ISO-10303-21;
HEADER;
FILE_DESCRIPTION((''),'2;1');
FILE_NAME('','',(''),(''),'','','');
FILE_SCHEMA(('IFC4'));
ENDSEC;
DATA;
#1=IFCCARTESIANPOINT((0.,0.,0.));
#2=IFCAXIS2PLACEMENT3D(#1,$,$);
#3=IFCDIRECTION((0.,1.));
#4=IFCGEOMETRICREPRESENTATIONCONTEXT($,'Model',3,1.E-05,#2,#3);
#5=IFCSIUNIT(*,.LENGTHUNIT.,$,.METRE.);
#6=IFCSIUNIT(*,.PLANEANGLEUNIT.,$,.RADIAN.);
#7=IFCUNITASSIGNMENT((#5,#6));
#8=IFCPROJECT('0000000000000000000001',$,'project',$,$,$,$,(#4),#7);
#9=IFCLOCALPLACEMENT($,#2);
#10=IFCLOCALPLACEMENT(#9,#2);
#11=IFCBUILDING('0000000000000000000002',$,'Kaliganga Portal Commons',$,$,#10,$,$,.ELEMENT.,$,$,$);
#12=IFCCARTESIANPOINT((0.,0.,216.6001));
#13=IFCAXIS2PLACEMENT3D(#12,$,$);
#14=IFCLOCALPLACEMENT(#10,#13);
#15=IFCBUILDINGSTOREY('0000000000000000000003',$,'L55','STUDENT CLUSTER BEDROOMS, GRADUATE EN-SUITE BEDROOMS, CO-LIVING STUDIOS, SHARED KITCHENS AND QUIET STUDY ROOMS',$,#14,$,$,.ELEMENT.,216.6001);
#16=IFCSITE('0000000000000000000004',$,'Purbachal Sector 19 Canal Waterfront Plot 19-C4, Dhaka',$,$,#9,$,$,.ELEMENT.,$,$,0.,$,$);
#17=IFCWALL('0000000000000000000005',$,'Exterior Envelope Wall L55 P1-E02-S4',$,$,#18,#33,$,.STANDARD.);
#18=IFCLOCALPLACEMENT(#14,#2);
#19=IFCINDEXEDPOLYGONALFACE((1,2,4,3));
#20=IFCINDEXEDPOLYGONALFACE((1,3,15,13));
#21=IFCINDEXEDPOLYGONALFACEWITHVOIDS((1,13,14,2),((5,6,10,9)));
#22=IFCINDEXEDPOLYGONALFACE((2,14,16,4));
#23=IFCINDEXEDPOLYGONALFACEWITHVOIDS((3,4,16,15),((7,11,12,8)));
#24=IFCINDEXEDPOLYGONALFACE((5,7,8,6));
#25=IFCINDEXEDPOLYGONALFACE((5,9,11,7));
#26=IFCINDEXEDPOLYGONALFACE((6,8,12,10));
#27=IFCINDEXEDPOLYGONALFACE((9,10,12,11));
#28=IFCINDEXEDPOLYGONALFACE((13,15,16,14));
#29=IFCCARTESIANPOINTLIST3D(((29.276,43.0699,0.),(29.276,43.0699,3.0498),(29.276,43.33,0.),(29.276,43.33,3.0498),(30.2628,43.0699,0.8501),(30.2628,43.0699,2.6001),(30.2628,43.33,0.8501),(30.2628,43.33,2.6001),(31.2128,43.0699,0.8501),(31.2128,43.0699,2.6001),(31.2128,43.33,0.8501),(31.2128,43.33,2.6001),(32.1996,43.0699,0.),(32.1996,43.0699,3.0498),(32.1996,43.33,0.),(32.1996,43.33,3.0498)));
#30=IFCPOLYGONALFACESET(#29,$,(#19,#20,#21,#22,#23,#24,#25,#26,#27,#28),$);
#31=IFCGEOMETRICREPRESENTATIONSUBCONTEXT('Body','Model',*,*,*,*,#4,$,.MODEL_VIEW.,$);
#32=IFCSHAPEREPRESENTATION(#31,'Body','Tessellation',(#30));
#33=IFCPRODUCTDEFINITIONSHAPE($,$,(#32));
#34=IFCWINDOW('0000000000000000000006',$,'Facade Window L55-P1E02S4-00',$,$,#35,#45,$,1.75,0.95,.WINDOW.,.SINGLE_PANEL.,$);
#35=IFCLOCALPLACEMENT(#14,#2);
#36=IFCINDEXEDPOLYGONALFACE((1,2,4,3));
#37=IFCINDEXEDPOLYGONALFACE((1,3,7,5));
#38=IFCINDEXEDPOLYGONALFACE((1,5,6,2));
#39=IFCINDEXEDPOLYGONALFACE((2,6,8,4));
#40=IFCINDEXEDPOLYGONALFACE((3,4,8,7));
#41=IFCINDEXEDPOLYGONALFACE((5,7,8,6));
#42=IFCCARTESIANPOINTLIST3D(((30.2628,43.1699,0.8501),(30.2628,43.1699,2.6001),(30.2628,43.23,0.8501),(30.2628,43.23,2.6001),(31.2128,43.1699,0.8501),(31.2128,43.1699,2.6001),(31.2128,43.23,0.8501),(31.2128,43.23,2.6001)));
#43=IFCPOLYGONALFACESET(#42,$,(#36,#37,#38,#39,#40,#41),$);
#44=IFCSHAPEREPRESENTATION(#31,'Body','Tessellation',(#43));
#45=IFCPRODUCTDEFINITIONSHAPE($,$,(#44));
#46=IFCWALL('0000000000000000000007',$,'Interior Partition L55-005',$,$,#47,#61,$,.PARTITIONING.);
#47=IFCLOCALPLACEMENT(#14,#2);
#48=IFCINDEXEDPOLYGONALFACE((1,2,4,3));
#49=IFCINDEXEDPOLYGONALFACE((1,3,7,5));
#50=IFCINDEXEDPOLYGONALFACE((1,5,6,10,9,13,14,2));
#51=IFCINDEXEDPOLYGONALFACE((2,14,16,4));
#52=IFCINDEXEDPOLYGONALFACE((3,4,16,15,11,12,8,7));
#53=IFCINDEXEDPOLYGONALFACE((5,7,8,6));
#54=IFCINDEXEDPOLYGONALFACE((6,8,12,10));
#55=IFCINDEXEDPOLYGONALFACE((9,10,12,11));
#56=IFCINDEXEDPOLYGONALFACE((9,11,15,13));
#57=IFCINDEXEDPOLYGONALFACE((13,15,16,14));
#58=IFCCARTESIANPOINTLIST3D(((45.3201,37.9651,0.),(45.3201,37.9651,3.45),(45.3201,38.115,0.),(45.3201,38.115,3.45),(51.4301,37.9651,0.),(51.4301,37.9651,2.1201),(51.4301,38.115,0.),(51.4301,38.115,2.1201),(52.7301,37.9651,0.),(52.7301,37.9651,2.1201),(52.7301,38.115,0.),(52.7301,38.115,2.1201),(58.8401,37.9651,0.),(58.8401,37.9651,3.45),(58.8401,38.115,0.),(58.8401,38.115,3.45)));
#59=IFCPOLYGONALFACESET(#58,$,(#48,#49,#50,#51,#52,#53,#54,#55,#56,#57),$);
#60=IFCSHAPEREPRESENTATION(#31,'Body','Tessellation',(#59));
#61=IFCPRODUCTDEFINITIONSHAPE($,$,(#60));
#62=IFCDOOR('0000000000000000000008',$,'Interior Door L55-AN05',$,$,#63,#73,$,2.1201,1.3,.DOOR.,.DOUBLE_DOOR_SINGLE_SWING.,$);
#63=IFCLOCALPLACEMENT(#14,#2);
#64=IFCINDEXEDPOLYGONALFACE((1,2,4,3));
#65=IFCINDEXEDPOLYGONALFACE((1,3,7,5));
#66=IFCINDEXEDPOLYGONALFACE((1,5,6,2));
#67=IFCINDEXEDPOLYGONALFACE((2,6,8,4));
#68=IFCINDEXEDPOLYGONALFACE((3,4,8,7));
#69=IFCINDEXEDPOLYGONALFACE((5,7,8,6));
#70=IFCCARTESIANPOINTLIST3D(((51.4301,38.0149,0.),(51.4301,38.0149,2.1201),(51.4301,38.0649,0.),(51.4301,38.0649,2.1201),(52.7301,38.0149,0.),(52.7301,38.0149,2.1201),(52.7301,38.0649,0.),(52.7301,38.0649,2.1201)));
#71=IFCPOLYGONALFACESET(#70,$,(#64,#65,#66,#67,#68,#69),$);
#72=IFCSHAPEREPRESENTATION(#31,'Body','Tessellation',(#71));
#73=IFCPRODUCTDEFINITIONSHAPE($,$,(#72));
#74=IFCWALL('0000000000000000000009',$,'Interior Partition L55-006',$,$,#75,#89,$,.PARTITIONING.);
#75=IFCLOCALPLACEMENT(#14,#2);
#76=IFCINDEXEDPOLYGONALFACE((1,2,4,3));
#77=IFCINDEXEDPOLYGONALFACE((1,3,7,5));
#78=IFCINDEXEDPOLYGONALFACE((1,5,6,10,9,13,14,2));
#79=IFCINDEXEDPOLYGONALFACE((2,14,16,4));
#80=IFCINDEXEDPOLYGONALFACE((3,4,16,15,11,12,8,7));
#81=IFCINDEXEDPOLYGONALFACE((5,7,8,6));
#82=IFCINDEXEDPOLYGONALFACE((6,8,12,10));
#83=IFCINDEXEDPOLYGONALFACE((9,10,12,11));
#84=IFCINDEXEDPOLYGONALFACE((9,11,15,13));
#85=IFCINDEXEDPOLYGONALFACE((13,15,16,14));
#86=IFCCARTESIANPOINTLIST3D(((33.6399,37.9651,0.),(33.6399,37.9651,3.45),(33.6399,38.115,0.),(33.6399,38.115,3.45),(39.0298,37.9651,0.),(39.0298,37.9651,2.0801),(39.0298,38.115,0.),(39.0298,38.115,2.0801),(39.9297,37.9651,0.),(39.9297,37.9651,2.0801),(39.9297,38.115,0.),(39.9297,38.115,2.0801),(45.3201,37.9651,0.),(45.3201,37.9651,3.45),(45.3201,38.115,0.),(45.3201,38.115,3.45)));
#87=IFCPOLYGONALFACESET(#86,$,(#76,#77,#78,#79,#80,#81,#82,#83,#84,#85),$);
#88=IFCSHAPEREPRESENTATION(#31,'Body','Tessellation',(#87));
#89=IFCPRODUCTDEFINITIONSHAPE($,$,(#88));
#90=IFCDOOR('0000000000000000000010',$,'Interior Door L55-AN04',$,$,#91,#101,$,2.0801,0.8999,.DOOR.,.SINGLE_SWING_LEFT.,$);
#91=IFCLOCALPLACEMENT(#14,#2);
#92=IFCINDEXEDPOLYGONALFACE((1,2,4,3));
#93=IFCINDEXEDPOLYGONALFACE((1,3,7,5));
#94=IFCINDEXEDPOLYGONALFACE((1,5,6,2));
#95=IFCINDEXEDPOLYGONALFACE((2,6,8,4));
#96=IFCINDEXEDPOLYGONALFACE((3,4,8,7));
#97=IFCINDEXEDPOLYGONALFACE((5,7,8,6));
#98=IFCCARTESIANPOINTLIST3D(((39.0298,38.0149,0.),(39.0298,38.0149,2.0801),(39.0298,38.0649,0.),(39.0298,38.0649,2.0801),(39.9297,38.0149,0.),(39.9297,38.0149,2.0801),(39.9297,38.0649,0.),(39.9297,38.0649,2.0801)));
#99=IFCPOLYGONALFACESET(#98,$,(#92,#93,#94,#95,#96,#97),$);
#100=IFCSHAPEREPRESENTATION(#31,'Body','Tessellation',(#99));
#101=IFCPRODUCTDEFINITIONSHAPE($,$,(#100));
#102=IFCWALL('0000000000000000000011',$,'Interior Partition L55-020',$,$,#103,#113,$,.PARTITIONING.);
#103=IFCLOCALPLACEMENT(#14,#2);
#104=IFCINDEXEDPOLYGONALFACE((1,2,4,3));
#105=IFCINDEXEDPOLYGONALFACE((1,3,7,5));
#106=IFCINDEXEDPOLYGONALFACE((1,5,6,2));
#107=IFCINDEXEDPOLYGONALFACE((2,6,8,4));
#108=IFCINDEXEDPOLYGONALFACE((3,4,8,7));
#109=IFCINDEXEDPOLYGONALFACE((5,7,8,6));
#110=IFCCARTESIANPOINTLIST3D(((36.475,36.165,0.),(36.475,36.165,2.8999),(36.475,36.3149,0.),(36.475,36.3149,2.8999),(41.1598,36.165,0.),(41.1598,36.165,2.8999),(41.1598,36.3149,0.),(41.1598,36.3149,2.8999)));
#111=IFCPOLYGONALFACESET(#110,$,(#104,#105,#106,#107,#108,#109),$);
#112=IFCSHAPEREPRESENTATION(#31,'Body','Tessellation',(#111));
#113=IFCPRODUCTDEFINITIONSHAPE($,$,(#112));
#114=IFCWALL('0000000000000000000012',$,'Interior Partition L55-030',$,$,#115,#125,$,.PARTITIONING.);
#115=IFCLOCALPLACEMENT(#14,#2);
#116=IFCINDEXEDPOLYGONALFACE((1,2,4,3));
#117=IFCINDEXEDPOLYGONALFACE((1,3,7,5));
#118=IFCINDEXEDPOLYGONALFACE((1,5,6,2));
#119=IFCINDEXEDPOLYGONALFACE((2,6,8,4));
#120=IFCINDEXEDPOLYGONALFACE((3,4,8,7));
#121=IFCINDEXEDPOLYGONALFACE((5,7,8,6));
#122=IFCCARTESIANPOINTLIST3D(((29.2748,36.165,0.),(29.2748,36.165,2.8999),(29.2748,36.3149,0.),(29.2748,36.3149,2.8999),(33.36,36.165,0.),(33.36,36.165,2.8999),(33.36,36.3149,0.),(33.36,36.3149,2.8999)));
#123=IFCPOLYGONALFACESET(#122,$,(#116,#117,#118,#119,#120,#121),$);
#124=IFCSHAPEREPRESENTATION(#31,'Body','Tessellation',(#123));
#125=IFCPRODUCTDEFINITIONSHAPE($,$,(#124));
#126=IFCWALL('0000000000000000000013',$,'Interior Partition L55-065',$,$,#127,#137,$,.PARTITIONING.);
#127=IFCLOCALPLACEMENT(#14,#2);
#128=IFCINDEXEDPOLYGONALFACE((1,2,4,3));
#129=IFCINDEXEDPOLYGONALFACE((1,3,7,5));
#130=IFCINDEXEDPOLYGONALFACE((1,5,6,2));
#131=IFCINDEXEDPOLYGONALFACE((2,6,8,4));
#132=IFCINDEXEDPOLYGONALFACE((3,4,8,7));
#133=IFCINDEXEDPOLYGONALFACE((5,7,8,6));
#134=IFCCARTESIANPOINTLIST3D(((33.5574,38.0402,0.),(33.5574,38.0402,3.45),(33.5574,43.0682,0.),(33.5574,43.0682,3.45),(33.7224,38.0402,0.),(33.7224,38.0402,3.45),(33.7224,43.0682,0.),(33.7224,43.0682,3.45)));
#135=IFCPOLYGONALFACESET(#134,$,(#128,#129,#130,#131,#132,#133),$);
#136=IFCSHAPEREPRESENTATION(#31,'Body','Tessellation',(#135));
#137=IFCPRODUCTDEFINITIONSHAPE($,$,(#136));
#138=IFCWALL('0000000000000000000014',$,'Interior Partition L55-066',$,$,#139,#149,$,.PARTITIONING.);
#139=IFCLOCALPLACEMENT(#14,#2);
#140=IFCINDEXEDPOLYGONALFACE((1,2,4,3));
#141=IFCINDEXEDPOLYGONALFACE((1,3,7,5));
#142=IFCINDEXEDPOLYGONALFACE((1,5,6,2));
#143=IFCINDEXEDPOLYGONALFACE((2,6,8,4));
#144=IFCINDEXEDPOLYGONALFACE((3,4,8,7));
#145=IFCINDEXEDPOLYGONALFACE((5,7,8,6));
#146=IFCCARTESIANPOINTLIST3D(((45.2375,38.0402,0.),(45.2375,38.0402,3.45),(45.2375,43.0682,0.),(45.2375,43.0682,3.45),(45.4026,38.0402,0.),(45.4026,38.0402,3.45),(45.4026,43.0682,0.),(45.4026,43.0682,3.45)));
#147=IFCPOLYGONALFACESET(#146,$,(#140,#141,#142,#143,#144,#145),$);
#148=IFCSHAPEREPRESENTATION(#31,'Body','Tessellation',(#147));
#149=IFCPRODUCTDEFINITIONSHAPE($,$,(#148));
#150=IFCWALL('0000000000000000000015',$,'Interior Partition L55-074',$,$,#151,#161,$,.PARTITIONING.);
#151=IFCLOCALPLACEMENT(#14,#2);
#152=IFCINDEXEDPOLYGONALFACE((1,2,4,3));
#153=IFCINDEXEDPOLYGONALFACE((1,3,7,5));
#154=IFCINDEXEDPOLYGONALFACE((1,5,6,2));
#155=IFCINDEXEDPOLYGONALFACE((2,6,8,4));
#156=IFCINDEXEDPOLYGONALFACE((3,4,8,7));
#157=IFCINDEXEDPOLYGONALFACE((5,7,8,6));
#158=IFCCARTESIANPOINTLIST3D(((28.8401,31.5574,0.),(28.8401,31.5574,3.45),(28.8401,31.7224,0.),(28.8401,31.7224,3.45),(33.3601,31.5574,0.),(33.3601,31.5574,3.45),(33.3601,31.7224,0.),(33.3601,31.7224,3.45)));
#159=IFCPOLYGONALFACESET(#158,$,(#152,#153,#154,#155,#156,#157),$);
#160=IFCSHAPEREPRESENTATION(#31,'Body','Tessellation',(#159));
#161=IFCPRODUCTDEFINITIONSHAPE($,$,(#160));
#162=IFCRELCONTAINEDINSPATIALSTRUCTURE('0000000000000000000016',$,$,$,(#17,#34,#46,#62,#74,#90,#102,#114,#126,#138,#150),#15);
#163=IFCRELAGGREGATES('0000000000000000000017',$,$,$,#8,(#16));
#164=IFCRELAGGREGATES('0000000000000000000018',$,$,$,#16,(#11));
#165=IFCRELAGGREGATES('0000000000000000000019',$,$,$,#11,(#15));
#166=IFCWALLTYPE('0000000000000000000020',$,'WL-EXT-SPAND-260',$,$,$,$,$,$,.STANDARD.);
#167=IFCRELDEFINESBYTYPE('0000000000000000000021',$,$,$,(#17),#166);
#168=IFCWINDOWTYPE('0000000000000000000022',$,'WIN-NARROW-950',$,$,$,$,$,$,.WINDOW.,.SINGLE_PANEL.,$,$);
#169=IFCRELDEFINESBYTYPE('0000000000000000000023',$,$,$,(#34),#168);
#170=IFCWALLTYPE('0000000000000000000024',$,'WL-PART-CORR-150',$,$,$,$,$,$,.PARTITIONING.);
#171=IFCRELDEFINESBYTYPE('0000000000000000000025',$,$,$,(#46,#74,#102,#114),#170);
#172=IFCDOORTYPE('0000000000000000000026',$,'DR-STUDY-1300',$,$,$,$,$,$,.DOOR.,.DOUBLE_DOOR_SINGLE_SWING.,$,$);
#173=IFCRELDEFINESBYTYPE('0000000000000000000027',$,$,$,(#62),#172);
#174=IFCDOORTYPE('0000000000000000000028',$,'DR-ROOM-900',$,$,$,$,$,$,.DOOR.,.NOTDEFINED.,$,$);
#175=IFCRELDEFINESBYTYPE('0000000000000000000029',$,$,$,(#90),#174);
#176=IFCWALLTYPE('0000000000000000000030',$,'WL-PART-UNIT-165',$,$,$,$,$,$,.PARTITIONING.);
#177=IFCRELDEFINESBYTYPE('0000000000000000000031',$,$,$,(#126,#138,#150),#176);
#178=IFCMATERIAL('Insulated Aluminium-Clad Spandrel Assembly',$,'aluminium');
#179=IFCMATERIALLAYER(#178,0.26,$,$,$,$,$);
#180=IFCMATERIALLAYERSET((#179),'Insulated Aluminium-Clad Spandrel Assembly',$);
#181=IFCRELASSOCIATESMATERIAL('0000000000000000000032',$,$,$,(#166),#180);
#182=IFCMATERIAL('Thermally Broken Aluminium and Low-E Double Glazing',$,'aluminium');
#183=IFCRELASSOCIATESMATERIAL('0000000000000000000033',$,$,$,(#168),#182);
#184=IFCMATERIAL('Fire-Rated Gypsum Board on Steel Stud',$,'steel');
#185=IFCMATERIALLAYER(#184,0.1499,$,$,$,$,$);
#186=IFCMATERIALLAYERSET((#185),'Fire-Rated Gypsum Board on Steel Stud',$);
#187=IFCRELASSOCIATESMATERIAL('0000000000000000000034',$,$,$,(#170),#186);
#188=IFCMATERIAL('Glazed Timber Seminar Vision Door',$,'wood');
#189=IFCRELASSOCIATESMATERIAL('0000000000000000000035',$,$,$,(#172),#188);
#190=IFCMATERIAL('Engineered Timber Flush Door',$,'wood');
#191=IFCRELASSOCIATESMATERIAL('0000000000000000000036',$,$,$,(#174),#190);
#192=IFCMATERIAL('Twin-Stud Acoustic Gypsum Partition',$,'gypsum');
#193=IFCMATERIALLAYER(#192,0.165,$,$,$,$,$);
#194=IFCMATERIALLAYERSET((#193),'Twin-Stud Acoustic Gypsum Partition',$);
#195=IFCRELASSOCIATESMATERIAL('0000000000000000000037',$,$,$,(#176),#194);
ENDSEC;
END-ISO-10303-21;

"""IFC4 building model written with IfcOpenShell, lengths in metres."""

from ifc_helpers import new_model, si_unit, direction, frame, frame_2d, origin, place, context, subcontext, project, spatial, rectangle, extrude, material, layer, layer_set, type_object, element, fill, save


model = new_model("IFC4")

# Units and contexts
model_context = context("Model", 3, precision=1e-05, world=origin(), true_north=direction((0.0, 1.0)))
body_context = subcontext(model_context, "Body", "Model", "MODEL_VIEW")
ifc_project = project(units=[si_unit("LENGTHUNIT", "METRE"), si_unit("PLANEANGLEUNIT", "RADIAN")], contexts=[model_context])

# Site, building, storey
site_placement = place(None, origin())
site = spatial("IfcSite", under=ifc_project, at=site_placement, Name="Purbachal Sector 19 Canal Waterfront Plot 19-C4, Dhaka", CompositionType="ELEMENT", RefElevation=0.0)
building_placement = place(site_placement, origin())
building = spatial("IfcBuilding", under=site, at=building_placement, Name="Kaliganga Portal Commons", CompositionType="ELEMENT")
storey_placement = place(building_placement, frame((0.0, 0.0, 216.6001)))
storey = spatial("IfcBuildingStorey", under=building, at=storey_placement, Name="L55", Description="STUDENT CLUSTER BEDROOMS, GRADUATE EN-SUITE BEDROOMS, CO-LIVING STUDIOS, SHARED KITCHENS AND QUIET STUDY ROOMS", CompositionType="ELEMENT", Elevation=216.6001)

# Shared definitions
ifc_material_1 = material(Name="Insulated Aluminium-Clad Spandrel Assembly", Category="aluminium")
ifc_layer_1 = layer(ifc_material_1, 0.26)
ifc_layer_set_1 = layer_set([ifc_layer_1], Name="Insulated Aluminium-Clad Spandrel Assembly")
wall_type_1 = type_object("IfcWallType", Name="WL-EXT-SPAND-260", PredefinedType="STANDARD", material=ifc_layer_set_1)
ifc_material_2 = material(Name="Thermally Broken Aluminium and Low-E Double Glazing", Category="aluminium")

# Wall, opening, window
window_type_1 = type_object("IfcWindowType", Name="WIN-NARROW-950", PartitioningType="SINGLE_PANEL", PredefinedType="WINDOW", material=ifc_material_2)
wall_1_placement = place(storey_placement, frame((29.2759, 43.2, 0.0), z_axis=(0.0, 0.0, 1.0), x_axis=(1.0, 0.0, 0.0)))
wall_1 = element("IfcWall", 1, at=wall_1_placement, inside=storey, type_object=wall_type_1, Name="Exterior Envelope Wall L55 P1-E02-S4", PredefinedType="STANDARD", context=body_context, shape_type="SweptSolid", body=[
    extrude(rectangle(XDim=2.9236, YDim=0.26, at=frame_2d((1.4619, 0.0))), origin(), (0.0, 0.0, 1.0), 3.0498),
])
opening_1_placement = place(wall_1_placement, frame((0.9868, 0.0, 0.8501)))
opening_1 = element("IfcOpeningElement", 2, at=opening_1_placement, cuts=wall_1, PredefinedType="OPENING", context=body_context, shape_type="SweptSolid", body=[
    extrude(rectangle(XDim=0.95, YDim=1.75, at=frame_2d((0.4751, 0.875))), frame((0.0, 0.1401, 0.0), z_axis=(0.0, -1.0, 0.0), x_axis=(1.0, 0.0, 0.0)), (0.0, 0.0, 1.0), 0.28),
])
window_1_placement = place(opening_1_placement, origin())
window_1 = element("IfcWindow", 3, at=window_1_placement, inside=storey, type_object=window_type_1, Name="Facade Window L55-P1E02S4-00", OverallHeight=1.75, OverallWidth=0.95, PartitioningType="SINGLE_PANEL", PredefinedType="WINDOW", context=body_context, shape_type="SweptSolid", body=[
    extrude(rectangle(XDim=0.95, YDim=1.75, at=frame_2d((0.4751, 0.875))), frame((0.0, 0.03, 0.0), z_axis=(0.0, -1.0, 0.0), x_axis=(1.0, 0.0, 0.0)), (0.0, 0.0, 1.0), 0.0601),
])
fill(opening_1, window_1)

# Walls, openings, doors
ifc_material_3 = material(Name="Fire-Rated Gypsum Board on Steel Stud", Category="steel")
ifc_layer_2 = layer(ifc_material_3, 0.1499)
ifc_layer_set_2 = layer_set([ifc_layer_2], Name="Fire-Rated Gypsum Board on Steel Stud")
wall_type_2 = type_object("IfcWallType", Name="WL-PART-CORR-150", PredefinedType="PARTITIONING", material=ifc_layer_set_2)
wall_2_placement = place(storey_placement, frame((45.3201, 38.04, 0.0), z_axis=(0.0, 0.0, 1.0), x_axis=(1.0, 0.0, 0.0)))
wall_2 = element("IfcWall", 4, at=wall_2_placement, inside=storey, type_object=wall_type_2, Name="Interior Partition L55-005", PredefinedType="PARTITIONING", context=body_context, shape_type="SweptSolid", body=[
    extrude(rectangle(XDim=13.52, YDim=0.1499, at=frame_2d((6.76, 0.0))), origin(), (0.0, 0.0, 1.0), 3.45),
])
opening_2_placement = place(wall_2_placement, frame((6.1101, 0.0, 0.0)))
opening_2 = element("IfcOpeningElement", 5, at=opening_2_placement, cuts=wall_2, PredefinedType="OPENING", context=body_context, shape_type="SweptSolid", body=[
    extrude(rectangle(XDim=1.3, YDim=2.1201, at=frame_2d((0.6499, 1.0601))), frame((0.0, 0.085, 0.0), z_axis=(0.0, -1.0, 0.0), x_axis=(1.0, 0.0, 0.0)), (0.0, 0.0, 1.0), 0.1699),
])
ifc_material_4 = material(Name="Glazed Timber Seminar Vision Door", Category="wood")
door_type_1 = type_object("IfcDoorType", Name="DR-STUDY-1300", OperationType="DOUBLE_DOOR_SINGLE_SWING", PredefinedType="DOOR", material=ifc_material_4)
door_1_placement = place(opening_2_placement, origin())
door_1 = element("IfcDoor", 6, at=door_1_placement, inside=storey, type_object=door_type_1, Name="Interior Door L55-AN05", OperationType="DOUBLE_DOOR_SINGLE_SWING", OverallHeight=2.1201, OverallWidth=1.3, PredefinedType="DOOR", context=body_context, shape_type="SweptSolid", body=[
    extrude(rectangle(XDim=1.3, YDim=2.1201, at=frame_2d((0.6499, 1.0601))), frame((0.0, 0.0249, 0.0), z_axis=(0.0, -1.0, 0.0), x_axis=(1.0, 0.0, 0.0)), (0.0, 0.0, 1.0), 0.05),
])
fill(opening_2, door_1)
wall_3_placement = place(storey_placement, frame((33.6399, 38.04, 0.0), z_axis=(0.0, 0.0, 1.0), x_axis=(1.0, 0.0, 0.0)))
wall_3 = element("IfcWall", 7, at=wall_3_placement, inside=storey, type_object=wall_type_2, Name="Interior Partition L55-006", PredefinedType="PARTITIONING", context=body_context, shape_type="SweptSolid", body=[
    extrude(rectangle(XDim=11.6802, YDim=0.1499, at=frame_2d((5.8401, 0.0))), origin(), (0.0, 0.0, 1.0), 3.45),
])
opening_3_placement = place(wall_3_placement, frame((5.3899, 0.0, 0.0)))
opening_3 = element("IfcOpeningElement", 8, at=opening_3_placement, cuts=wall_3, PredefinedType="OPENING", context=body_context, shape_type="SweptSolid", body=[
    extrude(rectangle(XDim=0.8999, YDim=2.0801, at=frame_2d((0.45, 1.04))), frame((0.0, 0.085, 0.0), z_axis=(0.0, -1.0, 0.0), x_axis=(1.0, 0.0, 0.0)), (0.0, 0.0, 1.0), 0.1699),
])
ifc_material_5 = material(Name="Engineered Timber Flush Door", Category="wood")
door_type_2 = type_object("IfcDoorType", Name="DR-ROOM-900", OperationType="NOTDEFINED", PredefinedType="DOOR", material=ifc_material_5)
door_2_placement = place(opening_3_placement, origin())
door_2 = element("IfcDoor", 9, at=door_2_placement, inside=storey, type_object=door_type_2, Name="Interior Door L55-AN04", OperationType="SINGLE_SWING_LEFT", OverallHeight=2.0801, OverallWidth=0.8999, PredefinedType="DOOR", context=body_context, shape_type="SweptSolid", body=[
    extrude(rectangle(XDim=0.8999, YDim=2.0801, at=frame_2d((0.45, 1.04))), frame((0.0, 0.0249, 0.0), z_axis=(0.0, -1.0, 0.0), x_axis=(1.0, 0.0, 0.0)), (0.0, 0.0, 1.0), 0.05),
])
fill(opening_3, door_2)

# Wall
wall_4_placement = place(storey_placement, frame((36.4751, 36.24, 0.0), z_axis=(0.0, 0.0, 1.0), x_axis=(1.0, 0.0, 0.0)))
element("IfcWall", 10, at=wall_4_placement, inside=storey, type_object=wall_type_2, Name="Interior Partition L55-020", PredefinedType="PARTITIONING", context=body_context, shape_type="SweptSolid", body=[
    extrude(rectangle(XDim=4.6848, YDim=0.1499, at=frame_2d((2.3423, 0.0))), origin(), (0.0, 0.0, 1.0), 2.8999),
])

# Walls
wall_5_placement = place(storey_placement, frame((29.2749, 36.24, 0.0), z_axis=(0.0, 0.0, 1.0), x_axis=(1.0, 0.0, 0.0)))
element("IfcWall", 11, at=wall_5_placement, inside=storey, type_object=wall_type_2, Name="Interior Partition L55-030", PredefinedType="PARTITIONING", context=body_context, shape_type="SweptSolid", body=[
    extrude(rectangle(XDim=4.0852, YDim=0.1499, at=frame_2d((2.0425, 0.0))), origin(), (0.0, 0.0, 1.0), 2.8999),
])
ifc_material_6 = material(Name="Twin-Stud Acoustic Gypsum Partition", Category="gypsum")
ifc_layer_3 = layer(ifc_material_6, 0.165)
ifc_layer_set_3 = layer_set([ifc_layer_3], Name="Twin-Stud Acoustic Gypsum Partition")
wall_type_3 = type_object("IfcWallType", Name="WL-PART-UNIT-165", PredefinedType="PARTITIONING", material=ifc_layer_set_3)
for number, where, z_axis, x_axis, name in (
    (12, (33.6399, 38.04, 0.0), (0.0, 0.0, 1.0), (0.0, 1.0, 0.0), "Interior Partition L55-065"),
    (13, (45.3201, 38.04, 0.0), (0.0, 0.0, 1.0), (0.0, 1.0, 0.0), "Interior Partition L55-066"),
):
    element("IfcWall", number, at=place(storey_placement, frame(where, z_axis=z_axis, x_axis=x_axis)), inside=storey, type_object=wall_type_3, Name=name, PredefinedType="PARTITIONING", context=body_context, shape_type="SweptSolid", body=[
        extrude(rectangle(XDim=5.0281, YDim=0.165, at=frame_2d((2.5142, 0.0))), origin(), (0.0, 0.0, 1.0), 3.45),
    ])
wall_6_placement = place(storey_placement, frame((28.8401, 31.6399, 0.0), z_axis=(0.0, 0.0, 1.0), x_axis=(1.0, 0.0, 0.0)))
element("IfcWall", 14, at=wall_6_placement, inside=storey, type_object=wall_type_3, Name="Interior Partition L55-074", PredefinedType="PARTITIONING", context=body_context, shape_type="SweptSolid", body=[
    extrude(rectangle(XDim=4.52, YDim=0.165, at=frame_2d((2.26, 0.0))), origin(), (0.0, 0.0, 1.0), 3.45),
])

save(model, "model.ifc")
